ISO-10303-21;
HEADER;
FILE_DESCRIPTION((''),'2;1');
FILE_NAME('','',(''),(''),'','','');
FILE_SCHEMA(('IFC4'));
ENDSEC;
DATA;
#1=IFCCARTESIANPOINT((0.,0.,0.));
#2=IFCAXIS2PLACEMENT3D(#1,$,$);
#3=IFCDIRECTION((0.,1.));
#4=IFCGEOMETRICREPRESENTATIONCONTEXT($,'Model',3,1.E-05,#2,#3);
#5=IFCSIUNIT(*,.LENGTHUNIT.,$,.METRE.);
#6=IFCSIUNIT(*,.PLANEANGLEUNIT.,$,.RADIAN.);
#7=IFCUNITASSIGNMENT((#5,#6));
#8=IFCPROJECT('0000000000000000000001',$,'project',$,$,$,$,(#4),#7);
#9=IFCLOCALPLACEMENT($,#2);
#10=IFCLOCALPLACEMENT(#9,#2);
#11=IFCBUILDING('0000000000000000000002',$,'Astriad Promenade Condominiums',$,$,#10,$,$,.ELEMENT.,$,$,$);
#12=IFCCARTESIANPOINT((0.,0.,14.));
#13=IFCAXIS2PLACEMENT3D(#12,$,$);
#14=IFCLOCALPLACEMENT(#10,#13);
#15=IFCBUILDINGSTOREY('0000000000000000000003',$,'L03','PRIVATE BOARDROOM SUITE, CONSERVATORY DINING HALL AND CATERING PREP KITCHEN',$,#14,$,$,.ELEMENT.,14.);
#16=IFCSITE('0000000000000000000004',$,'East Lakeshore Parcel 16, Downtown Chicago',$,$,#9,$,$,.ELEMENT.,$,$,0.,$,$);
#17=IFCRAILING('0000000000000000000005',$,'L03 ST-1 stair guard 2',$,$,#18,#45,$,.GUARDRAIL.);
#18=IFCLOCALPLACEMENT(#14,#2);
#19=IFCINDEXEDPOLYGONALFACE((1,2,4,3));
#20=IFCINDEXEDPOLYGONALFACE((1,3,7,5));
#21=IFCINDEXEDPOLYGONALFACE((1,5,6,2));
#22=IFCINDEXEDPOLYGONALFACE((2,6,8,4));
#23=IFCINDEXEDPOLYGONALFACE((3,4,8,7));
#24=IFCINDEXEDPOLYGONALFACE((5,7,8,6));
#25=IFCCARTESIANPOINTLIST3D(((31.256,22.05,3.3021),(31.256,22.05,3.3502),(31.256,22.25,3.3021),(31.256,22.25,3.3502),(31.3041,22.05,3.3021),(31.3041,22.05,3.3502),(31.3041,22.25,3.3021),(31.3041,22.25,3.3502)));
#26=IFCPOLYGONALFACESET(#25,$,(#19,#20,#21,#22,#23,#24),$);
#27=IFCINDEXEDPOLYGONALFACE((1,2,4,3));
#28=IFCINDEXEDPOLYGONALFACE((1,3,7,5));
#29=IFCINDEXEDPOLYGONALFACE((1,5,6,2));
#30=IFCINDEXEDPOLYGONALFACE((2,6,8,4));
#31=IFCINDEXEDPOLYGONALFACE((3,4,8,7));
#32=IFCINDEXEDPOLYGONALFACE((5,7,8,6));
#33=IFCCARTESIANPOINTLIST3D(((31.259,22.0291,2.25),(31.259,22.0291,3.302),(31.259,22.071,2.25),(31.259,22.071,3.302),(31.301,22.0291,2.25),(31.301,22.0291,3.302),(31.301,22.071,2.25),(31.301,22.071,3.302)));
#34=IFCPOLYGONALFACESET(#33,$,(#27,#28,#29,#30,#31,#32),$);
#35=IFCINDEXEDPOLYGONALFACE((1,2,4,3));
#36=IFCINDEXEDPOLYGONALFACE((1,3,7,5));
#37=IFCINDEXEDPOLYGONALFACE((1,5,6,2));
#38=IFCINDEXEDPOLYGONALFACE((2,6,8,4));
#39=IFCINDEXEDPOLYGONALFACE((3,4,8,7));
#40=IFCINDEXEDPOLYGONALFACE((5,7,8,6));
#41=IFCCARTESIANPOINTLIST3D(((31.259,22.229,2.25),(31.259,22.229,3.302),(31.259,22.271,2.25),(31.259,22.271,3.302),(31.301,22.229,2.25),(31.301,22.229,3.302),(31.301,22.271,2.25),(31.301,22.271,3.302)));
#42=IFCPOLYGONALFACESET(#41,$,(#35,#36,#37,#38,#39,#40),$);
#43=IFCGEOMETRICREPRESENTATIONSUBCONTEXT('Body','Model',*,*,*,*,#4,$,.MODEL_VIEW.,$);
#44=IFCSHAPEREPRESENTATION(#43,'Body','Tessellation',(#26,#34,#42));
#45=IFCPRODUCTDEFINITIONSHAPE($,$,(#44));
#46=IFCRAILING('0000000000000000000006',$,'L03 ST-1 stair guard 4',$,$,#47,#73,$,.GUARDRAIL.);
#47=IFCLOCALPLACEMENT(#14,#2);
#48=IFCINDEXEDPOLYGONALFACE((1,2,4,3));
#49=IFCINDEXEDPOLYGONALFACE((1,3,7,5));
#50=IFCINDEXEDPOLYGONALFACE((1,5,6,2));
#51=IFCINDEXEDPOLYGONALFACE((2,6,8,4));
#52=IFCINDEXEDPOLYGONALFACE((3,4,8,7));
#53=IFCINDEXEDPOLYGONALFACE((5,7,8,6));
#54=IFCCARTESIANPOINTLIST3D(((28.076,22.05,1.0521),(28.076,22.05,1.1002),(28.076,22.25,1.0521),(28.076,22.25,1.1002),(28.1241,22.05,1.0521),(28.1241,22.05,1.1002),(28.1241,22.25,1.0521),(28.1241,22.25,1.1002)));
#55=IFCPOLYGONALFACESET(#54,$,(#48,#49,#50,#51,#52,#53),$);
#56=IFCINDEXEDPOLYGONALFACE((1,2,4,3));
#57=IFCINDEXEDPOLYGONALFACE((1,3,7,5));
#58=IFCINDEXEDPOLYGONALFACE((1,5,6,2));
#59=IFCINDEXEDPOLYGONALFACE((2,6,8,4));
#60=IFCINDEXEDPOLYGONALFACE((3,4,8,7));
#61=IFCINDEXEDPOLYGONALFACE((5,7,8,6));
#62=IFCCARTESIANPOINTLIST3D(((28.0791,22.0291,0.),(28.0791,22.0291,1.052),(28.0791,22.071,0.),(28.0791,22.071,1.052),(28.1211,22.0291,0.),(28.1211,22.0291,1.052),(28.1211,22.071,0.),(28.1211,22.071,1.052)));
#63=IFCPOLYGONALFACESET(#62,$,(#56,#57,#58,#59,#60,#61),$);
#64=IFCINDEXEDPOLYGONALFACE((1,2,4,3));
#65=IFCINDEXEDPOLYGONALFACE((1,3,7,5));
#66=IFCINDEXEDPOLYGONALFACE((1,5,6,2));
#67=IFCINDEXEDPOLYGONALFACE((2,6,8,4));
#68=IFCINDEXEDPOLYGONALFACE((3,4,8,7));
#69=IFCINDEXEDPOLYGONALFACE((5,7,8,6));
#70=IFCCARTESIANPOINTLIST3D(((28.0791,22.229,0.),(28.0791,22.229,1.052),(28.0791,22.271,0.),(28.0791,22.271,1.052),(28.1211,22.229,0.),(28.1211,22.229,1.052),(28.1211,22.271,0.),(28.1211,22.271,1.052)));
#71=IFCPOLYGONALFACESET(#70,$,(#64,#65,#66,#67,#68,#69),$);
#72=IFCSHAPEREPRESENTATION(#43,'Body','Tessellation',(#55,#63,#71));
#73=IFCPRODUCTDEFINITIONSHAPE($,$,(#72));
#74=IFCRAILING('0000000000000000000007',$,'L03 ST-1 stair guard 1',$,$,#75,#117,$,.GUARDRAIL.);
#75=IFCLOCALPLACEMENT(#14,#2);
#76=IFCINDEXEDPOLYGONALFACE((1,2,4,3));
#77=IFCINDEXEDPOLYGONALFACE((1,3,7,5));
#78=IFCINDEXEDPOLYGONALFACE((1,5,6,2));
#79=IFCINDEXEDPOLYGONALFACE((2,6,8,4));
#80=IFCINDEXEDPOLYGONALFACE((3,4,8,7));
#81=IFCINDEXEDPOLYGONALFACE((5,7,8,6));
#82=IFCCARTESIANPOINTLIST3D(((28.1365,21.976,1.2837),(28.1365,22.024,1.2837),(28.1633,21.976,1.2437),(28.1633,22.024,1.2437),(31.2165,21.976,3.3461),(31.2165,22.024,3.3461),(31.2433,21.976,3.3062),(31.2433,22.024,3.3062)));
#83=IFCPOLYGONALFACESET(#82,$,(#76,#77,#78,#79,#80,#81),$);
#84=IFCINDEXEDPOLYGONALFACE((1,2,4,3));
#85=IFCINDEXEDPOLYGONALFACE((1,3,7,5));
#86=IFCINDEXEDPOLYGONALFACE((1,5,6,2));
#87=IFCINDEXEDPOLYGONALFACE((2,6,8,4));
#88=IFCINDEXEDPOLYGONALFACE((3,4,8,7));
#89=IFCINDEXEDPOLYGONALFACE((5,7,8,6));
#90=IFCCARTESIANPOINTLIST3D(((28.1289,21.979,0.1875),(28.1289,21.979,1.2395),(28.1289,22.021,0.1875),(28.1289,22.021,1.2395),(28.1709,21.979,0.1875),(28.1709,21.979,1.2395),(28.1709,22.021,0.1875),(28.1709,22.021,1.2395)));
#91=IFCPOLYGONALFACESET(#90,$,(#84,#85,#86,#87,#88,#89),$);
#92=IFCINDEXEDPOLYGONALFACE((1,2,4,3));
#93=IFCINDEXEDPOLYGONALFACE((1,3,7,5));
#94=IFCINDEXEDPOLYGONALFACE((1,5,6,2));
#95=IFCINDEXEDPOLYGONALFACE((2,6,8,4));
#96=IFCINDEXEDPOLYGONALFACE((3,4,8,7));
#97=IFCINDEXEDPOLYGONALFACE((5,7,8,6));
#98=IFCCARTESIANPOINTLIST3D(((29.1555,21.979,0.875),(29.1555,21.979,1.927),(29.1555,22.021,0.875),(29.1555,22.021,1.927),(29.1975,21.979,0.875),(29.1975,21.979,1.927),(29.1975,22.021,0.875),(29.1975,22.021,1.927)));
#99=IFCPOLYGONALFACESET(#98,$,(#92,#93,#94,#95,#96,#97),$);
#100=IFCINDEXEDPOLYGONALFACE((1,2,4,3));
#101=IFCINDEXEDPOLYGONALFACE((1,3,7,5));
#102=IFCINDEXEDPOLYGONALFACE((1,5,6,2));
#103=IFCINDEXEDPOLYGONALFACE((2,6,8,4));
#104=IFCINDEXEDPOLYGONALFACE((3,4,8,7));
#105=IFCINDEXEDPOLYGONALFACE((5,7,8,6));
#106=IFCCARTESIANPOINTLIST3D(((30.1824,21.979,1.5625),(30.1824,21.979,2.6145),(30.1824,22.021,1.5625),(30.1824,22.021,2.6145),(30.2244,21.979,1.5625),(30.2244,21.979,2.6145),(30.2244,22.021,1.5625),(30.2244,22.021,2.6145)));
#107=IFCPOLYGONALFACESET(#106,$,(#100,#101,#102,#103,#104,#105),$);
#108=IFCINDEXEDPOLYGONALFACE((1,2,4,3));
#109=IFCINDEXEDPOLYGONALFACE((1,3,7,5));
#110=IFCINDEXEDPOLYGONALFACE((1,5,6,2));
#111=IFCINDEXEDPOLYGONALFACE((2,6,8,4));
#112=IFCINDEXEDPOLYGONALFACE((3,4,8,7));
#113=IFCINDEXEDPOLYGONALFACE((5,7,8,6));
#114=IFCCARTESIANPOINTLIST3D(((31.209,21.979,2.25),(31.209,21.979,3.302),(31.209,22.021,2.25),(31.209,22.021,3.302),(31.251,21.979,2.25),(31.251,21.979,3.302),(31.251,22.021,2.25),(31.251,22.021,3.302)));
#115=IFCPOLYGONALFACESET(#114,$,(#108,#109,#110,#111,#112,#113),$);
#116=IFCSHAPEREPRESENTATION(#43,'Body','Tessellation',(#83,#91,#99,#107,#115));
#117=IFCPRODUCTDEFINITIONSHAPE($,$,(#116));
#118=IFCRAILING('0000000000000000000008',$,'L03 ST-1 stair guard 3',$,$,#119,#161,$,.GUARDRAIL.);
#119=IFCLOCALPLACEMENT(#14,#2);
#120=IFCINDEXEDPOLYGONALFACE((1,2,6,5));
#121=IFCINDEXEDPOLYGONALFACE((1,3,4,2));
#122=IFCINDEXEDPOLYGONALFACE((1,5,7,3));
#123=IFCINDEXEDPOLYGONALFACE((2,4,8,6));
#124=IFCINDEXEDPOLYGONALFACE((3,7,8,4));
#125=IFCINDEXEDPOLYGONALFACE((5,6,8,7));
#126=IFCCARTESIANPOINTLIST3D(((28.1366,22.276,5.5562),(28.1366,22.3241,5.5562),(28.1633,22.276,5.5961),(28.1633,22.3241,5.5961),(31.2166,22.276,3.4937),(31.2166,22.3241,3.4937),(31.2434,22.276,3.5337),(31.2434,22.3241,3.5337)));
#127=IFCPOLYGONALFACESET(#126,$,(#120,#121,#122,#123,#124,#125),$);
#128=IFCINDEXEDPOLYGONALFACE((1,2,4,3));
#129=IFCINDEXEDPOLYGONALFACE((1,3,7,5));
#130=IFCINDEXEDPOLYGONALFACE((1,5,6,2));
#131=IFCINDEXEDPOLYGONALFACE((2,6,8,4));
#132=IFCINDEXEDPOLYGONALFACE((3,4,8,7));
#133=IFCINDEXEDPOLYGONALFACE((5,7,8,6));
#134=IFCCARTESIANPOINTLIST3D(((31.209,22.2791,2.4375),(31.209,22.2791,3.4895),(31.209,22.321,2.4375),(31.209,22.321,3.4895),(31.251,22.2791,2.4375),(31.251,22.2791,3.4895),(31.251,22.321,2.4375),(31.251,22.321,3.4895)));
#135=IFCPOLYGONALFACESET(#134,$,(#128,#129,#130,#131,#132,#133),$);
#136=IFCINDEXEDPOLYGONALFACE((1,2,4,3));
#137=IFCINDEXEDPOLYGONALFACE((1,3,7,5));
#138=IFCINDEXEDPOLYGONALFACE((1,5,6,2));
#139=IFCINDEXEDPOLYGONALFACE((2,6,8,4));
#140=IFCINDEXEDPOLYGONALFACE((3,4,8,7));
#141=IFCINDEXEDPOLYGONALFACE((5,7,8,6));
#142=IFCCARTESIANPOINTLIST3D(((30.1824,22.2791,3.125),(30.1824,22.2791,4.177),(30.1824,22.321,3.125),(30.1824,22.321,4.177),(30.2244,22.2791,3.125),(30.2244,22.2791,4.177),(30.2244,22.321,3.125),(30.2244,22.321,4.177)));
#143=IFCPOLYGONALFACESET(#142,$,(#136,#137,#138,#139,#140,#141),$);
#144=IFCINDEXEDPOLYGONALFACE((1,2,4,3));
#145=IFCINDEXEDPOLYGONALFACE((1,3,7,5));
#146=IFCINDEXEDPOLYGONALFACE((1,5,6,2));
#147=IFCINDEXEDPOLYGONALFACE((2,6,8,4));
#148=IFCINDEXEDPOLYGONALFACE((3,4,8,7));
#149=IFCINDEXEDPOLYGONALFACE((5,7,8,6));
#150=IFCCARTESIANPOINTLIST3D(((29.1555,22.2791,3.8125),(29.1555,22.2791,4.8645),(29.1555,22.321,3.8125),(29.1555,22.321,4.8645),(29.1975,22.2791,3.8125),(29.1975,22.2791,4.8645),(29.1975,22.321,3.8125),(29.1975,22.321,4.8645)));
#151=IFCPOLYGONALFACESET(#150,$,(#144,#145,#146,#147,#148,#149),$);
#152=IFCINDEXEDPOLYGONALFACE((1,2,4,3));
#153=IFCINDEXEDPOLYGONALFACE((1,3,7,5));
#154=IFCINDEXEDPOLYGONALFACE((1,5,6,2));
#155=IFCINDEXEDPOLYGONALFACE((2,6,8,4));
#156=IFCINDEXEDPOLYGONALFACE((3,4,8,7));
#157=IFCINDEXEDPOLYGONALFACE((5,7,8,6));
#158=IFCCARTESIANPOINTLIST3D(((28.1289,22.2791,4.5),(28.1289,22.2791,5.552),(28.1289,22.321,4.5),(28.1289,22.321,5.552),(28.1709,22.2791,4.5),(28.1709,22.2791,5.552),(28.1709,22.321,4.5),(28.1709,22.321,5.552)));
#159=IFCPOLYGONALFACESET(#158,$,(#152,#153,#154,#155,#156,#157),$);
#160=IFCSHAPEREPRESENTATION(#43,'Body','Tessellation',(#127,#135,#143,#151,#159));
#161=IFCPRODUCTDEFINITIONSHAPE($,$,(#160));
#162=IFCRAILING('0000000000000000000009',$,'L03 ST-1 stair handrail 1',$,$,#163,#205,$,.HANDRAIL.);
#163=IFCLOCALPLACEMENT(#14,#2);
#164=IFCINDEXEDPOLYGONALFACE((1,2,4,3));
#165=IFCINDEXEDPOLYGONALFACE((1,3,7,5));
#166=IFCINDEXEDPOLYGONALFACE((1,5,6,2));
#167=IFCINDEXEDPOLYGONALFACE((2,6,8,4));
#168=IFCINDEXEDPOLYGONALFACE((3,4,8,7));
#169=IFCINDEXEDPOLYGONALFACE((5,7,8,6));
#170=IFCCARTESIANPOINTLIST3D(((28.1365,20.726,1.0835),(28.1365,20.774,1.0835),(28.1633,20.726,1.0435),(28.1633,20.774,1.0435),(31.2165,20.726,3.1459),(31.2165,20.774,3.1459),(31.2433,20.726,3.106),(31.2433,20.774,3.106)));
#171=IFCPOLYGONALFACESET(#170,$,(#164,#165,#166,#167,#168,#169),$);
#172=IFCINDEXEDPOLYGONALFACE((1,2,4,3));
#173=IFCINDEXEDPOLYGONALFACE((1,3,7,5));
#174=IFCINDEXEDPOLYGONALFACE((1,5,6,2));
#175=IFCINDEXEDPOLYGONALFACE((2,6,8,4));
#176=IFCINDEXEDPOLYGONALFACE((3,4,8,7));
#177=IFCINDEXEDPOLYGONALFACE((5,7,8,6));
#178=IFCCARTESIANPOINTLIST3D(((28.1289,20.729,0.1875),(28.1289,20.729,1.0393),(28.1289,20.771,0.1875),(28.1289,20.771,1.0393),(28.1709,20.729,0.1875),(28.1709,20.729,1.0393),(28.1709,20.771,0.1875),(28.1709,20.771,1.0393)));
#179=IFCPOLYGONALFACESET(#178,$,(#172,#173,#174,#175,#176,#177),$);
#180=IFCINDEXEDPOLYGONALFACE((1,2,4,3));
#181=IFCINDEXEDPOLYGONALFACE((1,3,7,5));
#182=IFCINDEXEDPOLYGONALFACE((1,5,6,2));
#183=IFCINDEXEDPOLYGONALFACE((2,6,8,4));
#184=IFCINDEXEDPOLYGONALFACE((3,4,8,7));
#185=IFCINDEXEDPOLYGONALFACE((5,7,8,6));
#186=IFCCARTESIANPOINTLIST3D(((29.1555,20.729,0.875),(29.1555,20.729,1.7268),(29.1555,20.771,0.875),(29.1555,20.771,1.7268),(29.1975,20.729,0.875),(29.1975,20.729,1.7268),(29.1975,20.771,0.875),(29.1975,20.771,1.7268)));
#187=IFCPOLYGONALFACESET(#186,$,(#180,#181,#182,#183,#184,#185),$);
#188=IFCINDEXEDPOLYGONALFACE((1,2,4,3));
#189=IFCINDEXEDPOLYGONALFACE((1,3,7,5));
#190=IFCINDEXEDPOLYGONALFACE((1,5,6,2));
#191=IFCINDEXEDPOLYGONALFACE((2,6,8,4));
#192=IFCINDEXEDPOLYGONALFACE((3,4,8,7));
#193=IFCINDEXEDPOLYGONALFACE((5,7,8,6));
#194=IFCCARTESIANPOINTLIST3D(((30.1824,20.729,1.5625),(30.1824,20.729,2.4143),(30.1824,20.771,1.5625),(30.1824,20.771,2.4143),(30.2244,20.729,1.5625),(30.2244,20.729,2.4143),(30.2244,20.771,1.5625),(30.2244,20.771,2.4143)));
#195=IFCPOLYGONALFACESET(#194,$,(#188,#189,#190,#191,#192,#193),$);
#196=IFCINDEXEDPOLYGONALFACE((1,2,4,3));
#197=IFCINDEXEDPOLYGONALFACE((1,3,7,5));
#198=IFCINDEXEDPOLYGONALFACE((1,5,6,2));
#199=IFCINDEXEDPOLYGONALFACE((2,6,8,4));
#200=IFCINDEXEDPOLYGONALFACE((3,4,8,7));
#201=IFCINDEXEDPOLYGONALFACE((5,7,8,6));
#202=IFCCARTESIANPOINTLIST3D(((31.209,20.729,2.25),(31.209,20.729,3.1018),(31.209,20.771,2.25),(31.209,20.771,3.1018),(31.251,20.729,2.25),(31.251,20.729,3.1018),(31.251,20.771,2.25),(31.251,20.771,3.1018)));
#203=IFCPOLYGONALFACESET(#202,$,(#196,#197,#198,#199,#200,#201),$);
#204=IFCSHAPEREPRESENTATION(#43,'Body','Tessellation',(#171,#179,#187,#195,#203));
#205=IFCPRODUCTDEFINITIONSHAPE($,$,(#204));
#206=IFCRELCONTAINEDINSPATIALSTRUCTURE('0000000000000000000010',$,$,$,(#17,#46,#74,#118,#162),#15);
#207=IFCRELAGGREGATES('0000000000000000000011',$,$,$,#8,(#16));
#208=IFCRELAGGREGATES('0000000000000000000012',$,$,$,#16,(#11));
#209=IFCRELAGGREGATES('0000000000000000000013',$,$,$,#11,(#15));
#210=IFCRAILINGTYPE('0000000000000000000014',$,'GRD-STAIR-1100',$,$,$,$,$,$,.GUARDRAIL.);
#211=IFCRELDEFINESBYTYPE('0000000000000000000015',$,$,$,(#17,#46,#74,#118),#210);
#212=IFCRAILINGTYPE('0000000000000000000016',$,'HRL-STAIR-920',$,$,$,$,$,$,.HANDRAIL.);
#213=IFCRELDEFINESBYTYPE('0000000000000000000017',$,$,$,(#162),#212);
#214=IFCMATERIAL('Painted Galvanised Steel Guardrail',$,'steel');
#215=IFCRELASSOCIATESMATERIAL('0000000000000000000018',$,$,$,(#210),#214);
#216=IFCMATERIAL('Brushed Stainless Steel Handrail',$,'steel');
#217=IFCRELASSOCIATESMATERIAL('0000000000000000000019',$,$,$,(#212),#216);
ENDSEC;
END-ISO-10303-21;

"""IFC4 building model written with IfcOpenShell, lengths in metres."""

from ifc_helpers import new_model, si_unit, direction, frame, origin, origin_2d, place, context, subcontext, project, spatial, rectangle, extrude, source, transform, mapped, material, type_object, type_shapes, element, save


model = new_model("IFC4")

# Units and contexts
model_context = context("Model", 3, precision=1e-05, world=origin(), true_north=direction((0.0, 1.0)))
body_context = subcontext(model_context, "Body", "Model", "MODEL_VIEW")
ifc_project = project(units=[si_unit("LENGTHUNIT", "METRE"), si_unit("PLANEANGLEUNIT", "RADIAN")], contexts=[model_context])

# Site, building, storey
site_placement = place(None, origin())
site = spatial("IfcSite", under=ifc_project, at=site_placement, Name="East Lakeshore Parcel 16, Downtown Chicago", CompositionType="ELEMENT", RefElevation=0.0)
building_placement = place(site_placement, origin())
building = spatial("IfcBuilding", under=site, at=building_placement, Name="Astriad Promenade Condominiums", CompositionType="ELEMENT")
storey_placement = place(building_placement, frame((0.0, 0.0, 14.0)))
storey = spatial("IfcBuildingStorey", under=building, at=storey_placement, Name="L03", Description="PRIVATE BOARDROOM SUITE, CONSERVATORY DINING HALL AND CATERING PREP KITCHEN", CompositionType="ELEMENT", Elevation=14.0)

# Railings
ifc_material_1 = material(Name="Painted Galvanised Steel Guardrail", Category="steel")
railing_type_1 = type_object("IfcRailingType", Name="GRD-STAIR-1100", PredefinedType="GUARDRAIL", material=ifc_material_1)
shared_shape_1 = source(origin(), body_context, "Body", "SweptSolid", [
    extrude(rectangle(XDim=0.0481, YDim=0.0481, at=origin_2d()), frame((0.0, 0.0, 1.0762), z_axis=(0.0, 1.0, 0.0), x_axis=(-1.0, 0.0, 0.0)), (0.0, 0.0, 1.0), 0.2),
    extrude(rectangle(XDim=0.042, YDim=0.042, at=origin_2d()), origin(), (0.0, 0.0, 1.0), 1.052),
    extrude(rectangle(XDim=0.042, YDim=0.042, at=origin_2d()), frame((0.0, 0.2, 0.0)), (0.0, 0.0, 1.0), 1.052),
])
for number, where, name in (
    (1, (31.28, 22.05, 2.25), "L03 ST-1 stair guard 2"),
    (2, (28.1001, 22.05, 0.0), "L03 ST-1 stair guard 4"),
):
    element("IfcRailing", number, at=place(storey_placement, frame(where)), inside=storey, type_object=railing_type_1, Name=name, PredefinedType="GUARDRAIL", context=body_context, shape_type="MappedRepresentation", body=[
        mapped(shared_shape_1, transform((0.0, 0.0, 0.0), scale=1.0)),
    ])
shared_shape_2 = source(origin(), body_context, "Body", "SweptSolid", [
    extrude(rectangle(XDim=0.0481, YDim=0.0481, at=origin_2d()), frame((0.0, 0.0, 1.0762), z_axis=(0.830914, 0.0, 0.556401), x_axis=(0.0, 1.0, 0.0)), (0.0, 0.0, 1.0), 3.7068),
    extrude(rectangle(XDim=0.042, YDim=0.042, at=origin_2d()), origin(), (0.0, 0.0, 1.0), 1.052),
    extrude(rectangle(XDim=0.042, YDim=0.042, at=origin_2d()), frame((1.0266, 0.0, 0.6875)), (0.0, 0.0, 1.0), 1.052),
    extrude(rectangle(XDim=0.042, YDim=0.042, at=origin_2d()), frame((2.0535, 0.0, 1.375)), (0.0, 0.0, 1.0), 1.052),
    extrude(rectangle(XDim=0.042, YDim=0.042, at=origin_2d()), frame((3.0801, 0.0, 2.0625)), (0.0, 0.0, 1.0), 1.052),
])
railing_1_placement = place(storey_placement, frame((28.1499, 22.0, 0.1875)))
element("IfcRailing", 3, at=railing_1_placement, inside=storey, type_object=railing_type_1, Name="L03 ST-1 stair guard 1", PredefinedType="GUARDRAIL", context=body_context, shape_type="MappedRepresentation", body=[
    mapped(shared_shape_2, transform((0.0, 0.0, 0.0), scale=1.0)),
])
shared_shape_3 = source(origin(), body_context, "Body", "SweptSolid", [
    extrude(rectangle(XDim=0.0481, YDim=0.0481, at=origin_2d()), frame((0.0, 0.0, 1.0762), z_axis=(-0.830914, 0.0, 0.556401), x_axis=(0.0, -1.0, 0.0)), (0.0, 0.0, 1.0), 3.7068),
    extrude(rectangle(XDim=0.042, YDim=0.042, at=origin_2d()), origin(), (0.0, 0.0, 1.0), 1.052),
    extrude(rectangle(XDim=0.042, YDim=0.042, at=origin_2d()), frame((-1.0266, 0.0, 0.6875)), (0.0, 0.0, 1.0), 1.052),
    extrude(rectangle(XDim=0.042, YDim=0.042, at=origin_2d()), frame((-2.0535, 0.0, 1.375)), (0.0, 0.0, 1.0), 1.052),
    extrude(rectangle(XDim=0.042, YDim=0.042, at=origin_2d()), frame((-3.0801, 0.0, 2.0625)), (0.0, 0.0, 1.0), 1.052),
])
type_shapes(railing_type_1, [shared_shape_1, shared_shape_2, shared_shape_3])
railing_2_placement = place(storey_placement, frame((31.23, 22.3, 2.4375)))
element("IfcRailing", 4, at=railing_2_placement, inside=storey, type_object=railing_type_1, Name="L03 ST-1 stair guard 3", PredefinedType="GUARDRAIL", context=body_context, shape_type="MappedRepresentation", body=[
    mapped(shared_shape_3, transform((0.0, 0.0, 0.0), scale=1.0)),
])
ifc_material_2 = material(Name="Brushed Stainless Steel Handrail", Category="steel")
railing_type_2 = type_object("IfcRailingType", Name="HRL-STAIR-920", PredefinedType="HANDRAIL", material=ifc_material_2)
shared_shape_4 = source(origin(), body_context, "Body", "SweptSolid", [
    extrude(rectangle(XDim=0.0481, YDim=0.0481, at=origin_2d()), frame((0.0, 0.0, 0.876), z_axis=(0.830914, 0.0, 0.556401), x_axis=(0.0, 1.0, 0.0)), (0.0, 0.0, 1.0), 3.7068),
    extrude(rectangle(XDim=0.042, YDim=0.042, at=origin_2d()), origin(), (0.0, 0.0, 1.0), 0.8518),
    extrude(rectangle(XDim=0.042, YDim=0.042, at=origin_2d()), frame((1.0266, 0.0, 0.6875)), (0.0, 0.0, 1.0), 0.8518),
    extrude(rectangle(XDim=0.042, YDim=0.042, at=origin_2d()), frame((2.0535, 0.0, 1.375)), (0.0, 0.0, 1.0), 0.8518),
    extrude(rectangle(XDim=0.042, YDim=0.042, at=origin_2d()), frame((3.0801, 0.0, 2.0625)), (0.0, 0.0, 1.0), 0.8518),
])
railing_3_placement = place(storey_placement, frame((28.1499, 20.75, 0.1875)))
element("IfcRailing", 5, at=railing_3_placement, inside=storey, type_object=railing_type_2, Name="L03 ST-1 stair handrail 1", PredefinedType="HANDRAIL", context=body_context, shape_type="MappedRepresentation", body=[
    mapped(shared_shape_4, transform((0.0, 0.0, 0.0), scale=1.0)),
])

save(model, "model.ifc")
